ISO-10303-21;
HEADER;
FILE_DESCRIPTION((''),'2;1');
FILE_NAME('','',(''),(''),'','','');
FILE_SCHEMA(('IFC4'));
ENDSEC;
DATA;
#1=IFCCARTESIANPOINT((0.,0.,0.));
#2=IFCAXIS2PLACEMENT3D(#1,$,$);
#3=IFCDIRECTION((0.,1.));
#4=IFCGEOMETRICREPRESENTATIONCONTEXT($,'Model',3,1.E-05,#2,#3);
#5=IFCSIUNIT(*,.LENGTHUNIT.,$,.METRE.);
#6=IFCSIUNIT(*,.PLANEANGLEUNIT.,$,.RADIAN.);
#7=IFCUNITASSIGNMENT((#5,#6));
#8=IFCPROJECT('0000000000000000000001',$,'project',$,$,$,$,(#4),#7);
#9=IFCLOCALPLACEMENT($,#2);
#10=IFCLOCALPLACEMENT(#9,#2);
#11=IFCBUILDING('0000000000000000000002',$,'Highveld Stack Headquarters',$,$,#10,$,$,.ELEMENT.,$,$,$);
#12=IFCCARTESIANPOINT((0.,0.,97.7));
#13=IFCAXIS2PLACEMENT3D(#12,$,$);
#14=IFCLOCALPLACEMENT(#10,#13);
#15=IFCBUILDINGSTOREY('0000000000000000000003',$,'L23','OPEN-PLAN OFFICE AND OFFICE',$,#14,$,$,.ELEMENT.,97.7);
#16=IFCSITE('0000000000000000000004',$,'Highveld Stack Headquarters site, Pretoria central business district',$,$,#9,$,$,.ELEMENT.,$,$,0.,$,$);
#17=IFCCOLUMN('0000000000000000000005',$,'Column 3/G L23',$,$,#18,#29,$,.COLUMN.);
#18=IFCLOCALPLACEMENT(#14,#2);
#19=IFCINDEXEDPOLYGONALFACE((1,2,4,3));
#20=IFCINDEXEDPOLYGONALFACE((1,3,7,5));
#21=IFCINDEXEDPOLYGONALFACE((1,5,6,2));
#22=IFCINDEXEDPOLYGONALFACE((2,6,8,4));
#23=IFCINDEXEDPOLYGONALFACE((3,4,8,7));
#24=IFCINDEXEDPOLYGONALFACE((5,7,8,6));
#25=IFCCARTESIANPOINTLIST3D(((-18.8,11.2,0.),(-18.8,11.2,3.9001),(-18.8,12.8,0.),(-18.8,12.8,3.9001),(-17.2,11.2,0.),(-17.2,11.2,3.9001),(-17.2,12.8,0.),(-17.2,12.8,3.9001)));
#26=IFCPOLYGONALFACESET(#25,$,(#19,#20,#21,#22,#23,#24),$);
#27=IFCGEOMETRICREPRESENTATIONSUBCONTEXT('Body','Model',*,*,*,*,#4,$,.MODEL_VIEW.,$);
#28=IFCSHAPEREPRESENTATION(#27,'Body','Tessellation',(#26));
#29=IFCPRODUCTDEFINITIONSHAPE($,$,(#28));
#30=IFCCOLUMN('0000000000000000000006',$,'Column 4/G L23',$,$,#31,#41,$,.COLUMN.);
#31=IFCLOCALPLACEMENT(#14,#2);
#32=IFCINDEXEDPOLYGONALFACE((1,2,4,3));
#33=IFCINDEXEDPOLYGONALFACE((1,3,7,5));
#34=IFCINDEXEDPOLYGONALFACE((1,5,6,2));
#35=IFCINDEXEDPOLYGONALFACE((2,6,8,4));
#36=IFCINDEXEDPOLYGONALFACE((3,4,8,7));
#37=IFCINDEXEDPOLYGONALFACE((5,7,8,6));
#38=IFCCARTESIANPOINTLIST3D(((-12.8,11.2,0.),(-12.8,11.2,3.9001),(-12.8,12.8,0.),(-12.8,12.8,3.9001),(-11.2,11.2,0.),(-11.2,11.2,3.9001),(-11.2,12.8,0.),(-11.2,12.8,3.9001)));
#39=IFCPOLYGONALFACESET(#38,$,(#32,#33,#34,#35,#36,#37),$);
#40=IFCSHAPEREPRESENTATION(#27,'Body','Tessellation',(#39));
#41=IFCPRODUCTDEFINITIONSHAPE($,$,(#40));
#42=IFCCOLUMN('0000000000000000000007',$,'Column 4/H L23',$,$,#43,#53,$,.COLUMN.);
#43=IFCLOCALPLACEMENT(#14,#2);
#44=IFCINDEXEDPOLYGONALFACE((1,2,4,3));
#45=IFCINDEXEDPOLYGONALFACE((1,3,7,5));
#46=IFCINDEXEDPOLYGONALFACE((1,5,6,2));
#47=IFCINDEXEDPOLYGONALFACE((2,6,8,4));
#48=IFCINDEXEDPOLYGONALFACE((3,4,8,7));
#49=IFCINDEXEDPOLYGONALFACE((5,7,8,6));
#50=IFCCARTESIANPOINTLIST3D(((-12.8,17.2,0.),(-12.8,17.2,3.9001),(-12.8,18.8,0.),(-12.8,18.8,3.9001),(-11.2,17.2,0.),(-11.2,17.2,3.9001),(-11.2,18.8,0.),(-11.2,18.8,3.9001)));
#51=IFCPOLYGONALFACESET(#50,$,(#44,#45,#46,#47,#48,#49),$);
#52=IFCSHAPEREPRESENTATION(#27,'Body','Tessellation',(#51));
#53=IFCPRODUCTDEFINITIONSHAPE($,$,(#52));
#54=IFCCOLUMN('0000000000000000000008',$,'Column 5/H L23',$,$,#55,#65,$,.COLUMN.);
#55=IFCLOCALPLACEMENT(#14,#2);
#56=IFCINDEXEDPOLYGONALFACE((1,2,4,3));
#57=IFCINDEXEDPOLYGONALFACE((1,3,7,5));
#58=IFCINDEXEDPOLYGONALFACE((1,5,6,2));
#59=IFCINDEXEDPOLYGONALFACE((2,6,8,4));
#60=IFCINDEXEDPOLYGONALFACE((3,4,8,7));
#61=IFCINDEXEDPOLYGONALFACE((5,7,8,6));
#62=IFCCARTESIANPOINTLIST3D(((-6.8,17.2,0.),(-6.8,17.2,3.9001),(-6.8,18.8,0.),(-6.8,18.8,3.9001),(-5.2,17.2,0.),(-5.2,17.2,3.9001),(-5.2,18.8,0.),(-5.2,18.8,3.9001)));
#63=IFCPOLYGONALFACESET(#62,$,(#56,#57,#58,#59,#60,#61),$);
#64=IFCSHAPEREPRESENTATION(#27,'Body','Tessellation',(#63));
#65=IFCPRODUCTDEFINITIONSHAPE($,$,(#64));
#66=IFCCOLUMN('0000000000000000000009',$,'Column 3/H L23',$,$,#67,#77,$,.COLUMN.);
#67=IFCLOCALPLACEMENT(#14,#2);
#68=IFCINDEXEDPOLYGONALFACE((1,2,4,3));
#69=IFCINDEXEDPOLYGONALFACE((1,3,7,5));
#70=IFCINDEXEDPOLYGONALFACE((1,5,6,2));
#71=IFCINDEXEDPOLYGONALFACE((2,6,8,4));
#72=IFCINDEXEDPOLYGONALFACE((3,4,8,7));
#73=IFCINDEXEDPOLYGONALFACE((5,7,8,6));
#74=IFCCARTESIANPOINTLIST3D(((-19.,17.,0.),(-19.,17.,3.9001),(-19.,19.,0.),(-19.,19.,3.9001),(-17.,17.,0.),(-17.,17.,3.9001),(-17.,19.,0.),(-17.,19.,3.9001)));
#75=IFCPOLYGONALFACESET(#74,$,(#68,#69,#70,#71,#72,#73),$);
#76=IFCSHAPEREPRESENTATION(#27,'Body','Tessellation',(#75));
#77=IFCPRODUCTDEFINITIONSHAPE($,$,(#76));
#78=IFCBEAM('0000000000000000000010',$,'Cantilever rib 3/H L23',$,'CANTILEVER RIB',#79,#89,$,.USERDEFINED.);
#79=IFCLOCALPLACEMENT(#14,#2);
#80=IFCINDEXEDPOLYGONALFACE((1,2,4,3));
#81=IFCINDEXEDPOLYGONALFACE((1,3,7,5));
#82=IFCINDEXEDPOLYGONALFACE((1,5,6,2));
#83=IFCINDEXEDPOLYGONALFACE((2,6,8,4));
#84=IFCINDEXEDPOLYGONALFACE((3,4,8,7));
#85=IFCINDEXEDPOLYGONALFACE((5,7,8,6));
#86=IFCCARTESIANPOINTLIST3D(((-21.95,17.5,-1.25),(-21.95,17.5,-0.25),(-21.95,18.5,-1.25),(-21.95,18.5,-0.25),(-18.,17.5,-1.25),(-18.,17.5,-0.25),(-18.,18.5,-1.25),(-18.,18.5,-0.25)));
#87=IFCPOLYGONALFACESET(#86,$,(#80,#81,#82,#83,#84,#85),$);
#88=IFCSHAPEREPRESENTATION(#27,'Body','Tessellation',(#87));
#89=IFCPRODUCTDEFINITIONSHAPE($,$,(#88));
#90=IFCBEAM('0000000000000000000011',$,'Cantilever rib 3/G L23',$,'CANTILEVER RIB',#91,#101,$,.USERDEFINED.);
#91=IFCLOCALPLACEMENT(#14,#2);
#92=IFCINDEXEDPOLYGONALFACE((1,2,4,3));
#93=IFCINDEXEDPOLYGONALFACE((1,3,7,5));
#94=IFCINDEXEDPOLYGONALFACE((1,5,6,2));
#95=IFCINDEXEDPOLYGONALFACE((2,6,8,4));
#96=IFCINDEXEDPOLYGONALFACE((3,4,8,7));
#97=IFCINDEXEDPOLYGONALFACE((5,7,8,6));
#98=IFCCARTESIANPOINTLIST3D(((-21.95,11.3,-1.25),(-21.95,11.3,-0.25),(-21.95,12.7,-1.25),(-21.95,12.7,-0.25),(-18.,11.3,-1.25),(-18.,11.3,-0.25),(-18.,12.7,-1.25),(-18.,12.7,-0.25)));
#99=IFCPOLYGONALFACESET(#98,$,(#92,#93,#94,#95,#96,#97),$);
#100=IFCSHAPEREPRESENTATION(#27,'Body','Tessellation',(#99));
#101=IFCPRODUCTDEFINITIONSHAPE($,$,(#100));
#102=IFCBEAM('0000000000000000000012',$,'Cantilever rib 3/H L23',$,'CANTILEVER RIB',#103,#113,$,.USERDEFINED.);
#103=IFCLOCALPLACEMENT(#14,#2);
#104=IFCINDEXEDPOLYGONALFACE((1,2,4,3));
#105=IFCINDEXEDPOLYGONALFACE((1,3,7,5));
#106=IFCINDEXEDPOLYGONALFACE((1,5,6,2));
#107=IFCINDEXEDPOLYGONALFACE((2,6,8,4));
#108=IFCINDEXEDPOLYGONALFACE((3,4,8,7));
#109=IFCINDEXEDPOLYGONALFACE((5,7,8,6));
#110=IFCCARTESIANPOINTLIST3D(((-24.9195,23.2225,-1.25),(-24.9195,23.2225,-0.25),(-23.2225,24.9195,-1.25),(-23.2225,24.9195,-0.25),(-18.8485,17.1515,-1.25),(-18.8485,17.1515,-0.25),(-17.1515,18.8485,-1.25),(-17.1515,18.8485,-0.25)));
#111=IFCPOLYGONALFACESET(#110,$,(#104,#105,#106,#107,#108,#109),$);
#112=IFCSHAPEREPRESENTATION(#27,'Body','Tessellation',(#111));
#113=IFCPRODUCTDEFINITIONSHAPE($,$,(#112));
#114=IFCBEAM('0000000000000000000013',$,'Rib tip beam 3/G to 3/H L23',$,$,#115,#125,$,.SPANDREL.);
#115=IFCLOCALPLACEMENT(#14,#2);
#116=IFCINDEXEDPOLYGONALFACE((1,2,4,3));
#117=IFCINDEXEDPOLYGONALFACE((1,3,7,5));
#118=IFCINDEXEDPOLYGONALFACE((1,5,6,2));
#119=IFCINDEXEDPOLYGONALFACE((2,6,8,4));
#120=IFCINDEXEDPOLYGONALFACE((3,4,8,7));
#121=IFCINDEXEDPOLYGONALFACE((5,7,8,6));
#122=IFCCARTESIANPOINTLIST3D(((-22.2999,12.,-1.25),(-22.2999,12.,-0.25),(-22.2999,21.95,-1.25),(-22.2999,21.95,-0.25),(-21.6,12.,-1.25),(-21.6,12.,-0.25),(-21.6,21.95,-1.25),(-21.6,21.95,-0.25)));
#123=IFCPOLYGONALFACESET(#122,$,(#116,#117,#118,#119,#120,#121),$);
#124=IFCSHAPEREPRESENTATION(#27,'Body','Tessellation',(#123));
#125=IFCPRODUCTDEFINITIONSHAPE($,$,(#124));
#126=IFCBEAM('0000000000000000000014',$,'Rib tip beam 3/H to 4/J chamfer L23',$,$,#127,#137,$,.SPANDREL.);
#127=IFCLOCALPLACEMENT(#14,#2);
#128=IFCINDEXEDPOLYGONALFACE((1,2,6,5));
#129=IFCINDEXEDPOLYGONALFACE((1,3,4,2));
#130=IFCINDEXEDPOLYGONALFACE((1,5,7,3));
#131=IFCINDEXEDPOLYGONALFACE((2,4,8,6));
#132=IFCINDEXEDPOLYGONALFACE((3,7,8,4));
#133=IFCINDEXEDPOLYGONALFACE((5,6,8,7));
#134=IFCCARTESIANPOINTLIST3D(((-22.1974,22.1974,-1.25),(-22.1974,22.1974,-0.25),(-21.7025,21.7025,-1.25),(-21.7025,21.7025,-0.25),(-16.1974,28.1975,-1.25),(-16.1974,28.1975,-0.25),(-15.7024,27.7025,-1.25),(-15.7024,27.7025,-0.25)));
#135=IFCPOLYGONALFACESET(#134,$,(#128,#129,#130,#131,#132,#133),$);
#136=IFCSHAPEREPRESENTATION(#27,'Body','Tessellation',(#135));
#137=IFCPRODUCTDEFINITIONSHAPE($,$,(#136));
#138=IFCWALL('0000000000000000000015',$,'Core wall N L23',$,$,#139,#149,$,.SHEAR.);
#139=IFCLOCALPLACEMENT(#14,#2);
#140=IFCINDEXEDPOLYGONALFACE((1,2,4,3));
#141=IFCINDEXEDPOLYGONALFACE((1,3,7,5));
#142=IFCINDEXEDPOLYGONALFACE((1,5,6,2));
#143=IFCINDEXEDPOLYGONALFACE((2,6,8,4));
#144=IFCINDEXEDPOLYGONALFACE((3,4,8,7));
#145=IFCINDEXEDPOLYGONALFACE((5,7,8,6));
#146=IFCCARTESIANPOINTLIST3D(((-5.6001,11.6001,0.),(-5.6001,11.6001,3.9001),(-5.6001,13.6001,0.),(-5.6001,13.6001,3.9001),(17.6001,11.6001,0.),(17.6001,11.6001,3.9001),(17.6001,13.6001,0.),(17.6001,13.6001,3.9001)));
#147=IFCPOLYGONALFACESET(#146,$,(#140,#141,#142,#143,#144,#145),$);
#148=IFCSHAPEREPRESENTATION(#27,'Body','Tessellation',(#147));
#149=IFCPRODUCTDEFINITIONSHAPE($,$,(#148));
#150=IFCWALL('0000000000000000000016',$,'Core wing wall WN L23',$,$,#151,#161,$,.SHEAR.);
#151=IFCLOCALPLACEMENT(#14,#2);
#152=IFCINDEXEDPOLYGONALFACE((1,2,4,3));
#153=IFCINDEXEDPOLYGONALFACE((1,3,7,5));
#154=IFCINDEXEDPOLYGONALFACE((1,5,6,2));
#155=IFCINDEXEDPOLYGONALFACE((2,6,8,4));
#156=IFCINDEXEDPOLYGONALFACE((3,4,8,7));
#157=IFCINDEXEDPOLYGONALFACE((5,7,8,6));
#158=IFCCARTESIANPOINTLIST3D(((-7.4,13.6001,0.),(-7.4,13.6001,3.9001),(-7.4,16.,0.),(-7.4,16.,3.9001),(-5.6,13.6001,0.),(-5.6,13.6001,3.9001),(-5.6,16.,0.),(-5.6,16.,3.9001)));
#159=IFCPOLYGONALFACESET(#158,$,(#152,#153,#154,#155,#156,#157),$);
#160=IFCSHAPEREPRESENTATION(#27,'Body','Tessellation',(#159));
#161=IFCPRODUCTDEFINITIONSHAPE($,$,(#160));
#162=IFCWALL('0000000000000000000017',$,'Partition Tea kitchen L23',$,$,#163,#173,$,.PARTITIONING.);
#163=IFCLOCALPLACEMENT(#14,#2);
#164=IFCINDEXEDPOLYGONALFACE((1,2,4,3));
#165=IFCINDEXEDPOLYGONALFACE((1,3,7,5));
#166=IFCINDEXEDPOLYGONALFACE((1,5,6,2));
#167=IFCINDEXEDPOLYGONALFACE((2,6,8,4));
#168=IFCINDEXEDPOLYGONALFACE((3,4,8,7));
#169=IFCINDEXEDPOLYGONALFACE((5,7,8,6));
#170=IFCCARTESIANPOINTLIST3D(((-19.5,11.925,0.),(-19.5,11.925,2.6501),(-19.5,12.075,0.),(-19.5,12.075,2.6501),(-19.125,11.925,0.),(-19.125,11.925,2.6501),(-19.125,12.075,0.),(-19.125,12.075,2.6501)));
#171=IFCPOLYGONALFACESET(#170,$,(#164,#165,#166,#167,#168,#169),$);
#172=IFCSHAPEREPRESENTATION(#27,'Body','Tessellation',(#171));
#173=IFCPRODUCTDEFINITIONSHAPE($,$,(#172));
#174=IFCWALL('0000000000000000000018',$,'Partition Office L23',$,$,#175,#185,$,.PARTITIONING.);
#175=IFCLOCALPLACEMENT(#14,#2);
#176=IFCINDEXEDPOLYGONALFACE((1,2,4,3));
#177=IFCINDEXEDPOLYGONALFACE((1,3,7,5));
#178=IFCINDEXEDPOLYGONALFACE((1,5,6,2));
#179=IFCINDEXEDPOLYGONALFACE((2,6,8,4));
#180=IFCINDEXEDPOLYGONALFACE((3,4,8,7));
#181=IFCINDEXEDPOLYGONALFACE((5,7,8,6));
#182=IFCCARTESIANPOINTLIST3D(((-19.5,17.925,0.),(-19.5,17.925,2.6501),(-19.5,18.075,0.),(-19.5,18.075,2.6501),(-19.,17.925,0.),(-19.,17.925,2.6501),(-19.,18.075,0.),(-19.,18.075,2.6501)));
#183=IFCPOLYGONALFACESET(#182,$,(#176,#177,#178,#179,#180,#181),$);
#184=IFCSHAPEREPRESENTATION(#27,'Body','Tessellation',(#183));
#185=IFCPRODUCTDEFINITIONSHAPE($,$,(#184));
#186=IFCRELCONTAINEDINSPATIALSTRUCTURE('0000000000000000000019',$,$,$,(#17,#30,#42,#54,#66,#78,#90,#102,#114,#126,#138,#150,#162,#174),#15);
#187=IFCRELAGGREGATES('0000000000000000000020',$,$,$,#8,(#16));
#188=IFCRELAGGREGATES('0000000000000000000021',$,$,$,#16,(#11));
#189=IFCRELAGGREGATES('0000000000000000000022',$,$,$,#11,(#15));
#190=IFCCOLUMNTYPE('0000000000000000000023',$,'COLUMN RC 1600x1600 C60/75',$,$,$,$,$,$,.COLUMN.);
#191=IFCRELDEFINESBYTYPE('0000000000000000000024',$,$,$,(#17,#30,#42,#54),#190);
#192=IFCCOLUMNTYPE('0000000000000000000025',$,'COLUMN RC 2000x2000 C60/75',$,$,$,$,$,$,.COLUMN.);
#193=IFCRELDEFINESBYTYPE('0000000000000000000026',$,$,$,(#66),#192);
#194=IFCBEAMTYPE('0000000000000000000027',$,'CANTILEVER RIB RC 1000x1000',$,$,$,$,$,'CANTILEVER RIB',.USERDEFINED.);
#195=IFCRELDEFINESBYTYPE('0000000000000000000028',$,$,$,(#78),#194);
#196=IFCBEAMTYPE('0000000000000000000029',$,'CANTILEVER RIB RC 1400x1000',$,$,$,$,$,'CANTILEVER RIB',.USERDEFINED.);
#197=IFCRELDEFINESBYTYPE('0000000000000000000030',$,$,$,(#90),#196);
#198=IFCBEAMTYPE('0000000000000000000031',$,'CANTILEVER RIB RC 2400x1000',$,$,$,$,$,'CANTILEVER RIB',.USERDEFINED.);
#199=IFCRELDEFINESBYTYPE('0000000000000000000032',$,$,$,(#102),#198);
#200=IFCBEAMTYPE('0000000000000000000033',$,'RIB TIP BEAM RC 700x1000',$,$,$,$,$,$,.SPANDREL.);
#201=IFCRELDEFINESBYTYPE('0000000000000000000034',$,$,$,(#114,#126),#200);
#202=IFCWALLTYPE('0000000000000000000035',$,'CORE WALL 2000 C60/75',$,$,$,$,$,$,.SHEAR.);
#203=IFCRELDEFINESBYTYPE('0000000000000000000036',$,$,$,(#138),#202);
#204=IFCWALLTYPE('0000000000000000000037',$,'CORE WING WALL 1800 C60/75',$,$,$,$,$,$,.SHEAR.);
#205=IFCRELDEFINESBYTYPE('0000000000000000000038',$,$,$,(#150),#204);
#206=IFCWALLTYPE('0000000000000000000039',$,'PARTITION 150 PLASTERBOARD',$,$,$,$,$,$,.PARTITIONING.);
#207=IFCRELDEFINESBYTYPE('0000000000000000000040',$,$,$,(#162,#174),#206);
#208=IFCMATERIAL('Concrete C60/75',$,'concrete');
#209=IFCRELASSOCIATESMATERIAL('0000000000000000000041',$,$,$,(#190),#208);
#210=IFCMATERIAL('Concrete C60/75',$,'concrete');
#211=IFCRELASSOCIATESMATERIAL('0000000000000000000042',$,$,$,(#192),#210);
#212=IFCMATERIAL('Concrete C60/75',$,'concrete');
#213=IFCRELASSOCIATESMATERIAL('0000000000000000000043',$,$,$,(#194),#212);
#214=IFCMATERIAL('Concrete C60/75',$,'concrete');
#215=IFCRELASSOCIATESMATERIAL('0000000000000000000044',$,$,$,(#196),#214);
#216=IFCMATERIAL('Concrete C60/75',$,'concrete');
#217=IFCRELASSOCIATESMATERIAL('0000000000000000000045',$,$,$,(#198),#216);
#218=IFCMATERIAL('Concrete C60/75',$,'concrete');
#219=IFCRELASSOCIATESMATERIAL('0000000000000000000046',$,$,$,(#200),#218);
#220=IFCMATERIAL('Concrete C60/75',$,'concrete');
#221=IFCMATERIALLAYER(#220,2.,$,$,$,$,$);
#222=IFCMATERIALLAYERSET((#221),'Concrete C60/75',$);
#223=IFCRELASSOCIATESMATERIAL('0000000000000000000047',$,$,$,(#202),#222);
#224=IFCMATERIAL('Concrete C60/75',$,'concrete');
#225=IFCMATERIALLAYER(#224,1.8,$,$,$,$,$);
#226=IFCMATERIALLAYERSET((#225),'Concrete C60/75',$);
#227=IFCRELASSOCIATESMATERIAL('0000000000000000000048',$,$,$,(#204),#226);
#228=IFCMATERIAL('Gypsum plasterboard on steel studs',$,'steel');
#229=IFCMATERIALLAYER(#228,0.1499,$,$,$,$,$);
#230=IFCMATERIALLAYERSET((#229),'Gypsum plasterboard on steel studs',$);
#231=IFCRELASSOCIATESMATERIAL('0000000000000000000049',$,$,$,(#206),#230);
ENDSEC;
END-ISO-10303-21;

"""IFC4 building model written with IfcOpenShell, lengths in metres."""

from ifc_helpers import new_model, si_unit, direction, frame, frame_2d, origin, origin_2d, place, context, subcontext, project, spatial, rectangle, extrude, material, layer, layer_set, material_profile, profile_set, type_object, element, save


model = new_model("IFC4")

# Units and contexts
model_context = context("Model", 3, precision=1e-05, world=origin(), true_north=direction((0.0, 1.0)))
body_context = subcontext(model_context, "Body", "Model", "MODEL_VIEW")
ifc_project = project(units=[si_unit("LENGTHUNIT", "METRE"), si_unit("PLANEANGLEUNIT", "RADIAN")], contexts=[model_context])

# Site, building, storey
site_placement = place(None, origin())
site = spatial("IfcSite", under=ifc_project, at=site_placement, Name="Highveld Stack Headquarters site, Pretoria central business district", CompositionType="ELEMENT", RefElevation=0.0)
building_placement = place(site_placement, origin())
building = spatial("IfcBuilding", under=site, at=building_placement, Name="Highveld Stack Headquarters", CompositionType="ELEMENT")
storey_placement = place(building_placement, frame((0.0, 0.0, 97.7)))
storey = spatial("IfcBuildingStorey", under=building, at=storey_placement, Name="L23", Description="OPEN-PLAN OFFICE AND OFFICE", CompositionType="ELEMENT", Elevation=97.7)

# Columns
ifc_material_1 = material(Name="Concrete C60/75", Category="concrete")
ifc_material_profile_1 = material_profile(ifc_material_1, rectangle(XDim=1.6001, YDim=1.6001, at=origin_2d()), Name="RC 1600x1600")
ifc_profile_set_1 = profile_set([ifc_material_profile_1], Name="Concrete C60/75")
column_type_1 = type_object("IfcColumnType", Name="COLUMN RC 1600x1600 C60/75", PredefinedType="COLUMN", material=ifc_profile_set_1)
for number, where, z_axis, x_axis, name in (
    (1, (-18.0, 12.0, 0.0), (0.0, 0.0, 1.0), (1.0, 0.0, 0.0), "Column 3/G L23"),
    (2, (-12.0, 12.0, 0.0), (0.0, 0.0, 1.0), (1.0, 0.0, 0.0), "Column 4/G L23"),
    (3, (-12.0, 18.0, 0.0), (0.0, 0.0, 1.0), (1.0, 0.0, 0.0), "Column 4/H L23"),
    (4, (-6.0, 18.0, 0.0), (0.0, 0.0, 1.0), (1.0, 0.0, 0.0), "Column 5/H L23"),
):
    element("IfcColumn", number, at=place(storey_placement, frame(where, z_axis=z_axis, x_axis=x_axis)), inside=storey, type_object=column_type_1, Name=name, PredefinedType="COLUMN", context=body_context, shape_type="SweptSolid", body=[
        extrude(rectangle(XDim=1.6001, YDim=1.6001, at=origin_2d()), origin(), (0.0, 0.0, 1.0), 3.9001),
    ])
ifc_material_2 = material(Name="Concrete C60/75", Category="concrete")
ifc_material_profile_2 = material_profile(ifc_material_2, rectangle(XDim=2.0, YDim=2.0, at=origin_2d()), Name="RC 2000x2000")
ifc_profile_set_2 = profile_set([ifc_material_profile_2], Name="Concrete C60/75")
column_type_2 = type_object("IfcColumnType", Name="COLUMN RC 2000x2000 C60/75", PredefinedType="COLUMN", material=ifc_profile_set_2)
column_placement = place(storey_placement, frame((-18.0, 18.0, 0.0), z_axis=(0.0, 0.0, 1.0), x_axis=(1.0, 0.0, 0.0)))
element("IfcColumn", 5, at=column_placement, inside=storey, type_object=column_type_2, Name="Column 3/H L23", PredefinedType="COLUMN", context=body_context, shape_type="SweptSolid", body=[
    extrude(rectangle(XDim=2.0, YDim=2.0, at=origin_2d()), origin(), (0.0, 0.0, 1.0), 3.9001),
])

# Beams
ifc_material_3 = material(Name="Concrete C60/75", Category="concrete")
ifc_material_profile_3 = material_profile(ifc_material_3, rectangle(XDim=1.0, YDim=1.0, at=origin_2d()), Name="RC 1000x1000")
ifc_profile_set_3 = profile_set([ifc_material_profile_3], Name="Concrete C60/75")
beam_type_1 = type_object("IfcBeamType", Name="CANTILEVER RIB RC 1000x1000", ElementType="CANTILEVER RIB", PredefinedType="USERDEFINED", material=ifc_profile_set_3)
beam_1_placement = place(storey_placement, frame((-18.0, 18.0, -0.75), z_axis=(-1.0, 0.0, 0.0), x_axis=(0.0, -1.0, 0.0)))
element("IfcBeam", 6, at=beam_1_placement, inside=storey, type_object=beam_type_1, Name="Cantilever rib 3/H L23", ObjectType="CANTILEVER RIB", PredefinedType="USERDEFINED", context=body_context, shape_type="SweptSolid", body=[
    extrude(rectangle(XDim=1.0, YDim=1.0, at=origin_2d()), origin(), (0.0, 0.0, 1.0), 3.95),
])
ifc_material_4 = material(Name="Concrete C60/75", Category="concrete")
ifc_material_profile_4 = material_profile(ifc_material_4, rectangle(XDim=1.3999, YDim=1.0, at=origin_2d()), Name="RC 1400x1000")
ifc_profile_set_4 = profile_set([ifc_material_profile_4], Name="Concrete C60/75")
beam_type_2 = type_object("IfcBeamType", Name="CANTILEVER RIB RC 1400x1000", ElementType="CANTILEVER RIB", PredefinedType="USERDEFINED", material=ifc_profile_set_4)
beam_2_placement = place(storey_placement, frame((-18.0, 12.0, -0.75), z_axis=(-1.0, 0.0, 0.0), x_axis=(0.0, -1.0, 0.0)))
element("IfcBeam", 7, at=beam_2_placement, inside=storey, type_object=beam_type_2, Name="Cantilever rib 3/G L23", ObjectType="CANTILEVER RIB", PredefinedType="USERDEFINED", context=body_context, shape_type="SweptSolid", body=[
    extrude(rectangle(XDim=1.3999, YDim=1.0, at=origin_2d()), origin(), (0.0, 0.0, 1.0), 3.95),
])
ifc_material_5 = material(Name="Concrete C60/75", Category="concrete")
ifc_material_profile_5 = material_profile(ifc_material_5, rectangle(XDim=2.3999, YDim=1.0, at=origin_2d()), Name="RC 2400x1000")
ifc_profile_set_5 = profile_set([ifc_material_profile_5], Name="Concrete C60/75")
beam_type_3 = type_object("IfcBeamType", Name="CANTILEVER RIB RC 2400x1000", ElementType="CANTILEVER RIB", PredefinedType="USERDEFINED", material=ifc_profile_set_5)
beam_3_placement = place(storey_placement, frame((-18.0, 18.0, -0.75), z_axis=(-0.707107, 0.707107, 0.0), x_axis=(-0.707107, -0.707107, 0.0)))
element("IfcBeam", 8, at=beam_3_placement, inside=storey, type_object=beam_type_3, Name="Cantilever rib 3/H L23", ObjectType="CANTILEVER RIB", PredefinedType="USERDEFINED", context=body_context, shape_type="SweptSolid", body=[
    extrude(rectangle(XDim=2.3999, YDim=1.0, at=origin_2d()), origin(), (0.0, 0.0, 1.0), 8.5857),
])
ifc_material_6 = material(Name="Concrete C60/75", Category="concrete")
ifc_material_profile_6 = material_profile(ifc_material_6, rectangle(XDim=0.7, YDim=1.0, at=origin_2d()), Name="RC 700x1000")
ifc_profile_set_6 = profile_set([ifc_material_profile_6], Name="Concrete C60/75")
beam_type_4 = type_object("IfcBeamType", Name="RIB TIP BEAM RC 700x1000", PredefinedType="SPANDREL", material=ifc_profile_set_6)
beam_4_placement = place(storey_placement, frame((-21.95, 12.0, -0.75), z_axis=(0.0, 1.0, 0.0), x_axis=(-1.0, 0.0, 0.0)))
element("IfcBeam", 9, at=beam_4_placement, inside=storey, type_object=beam_type_4, Name="Rib tip beam 3/G to 3/H L23", PredefinedType="SPANDREL", context=body_context, shape_type="SweptSolid", body=[
    extrude(rectangle(XDim=0.7, YDim=1.0, at=origin_2d()), origin(), (0.0, 0.0, 1.0), 9.95),
])
beam_5_placement = place(storey_placement, frame((-21.95, 21.95, -0.75), z_axis=(0.707107, 0.707107, 0.0), x_axis=(-0.707107, 0.707107, 0.0)))
element("IfcBeam", 10, at=beam_5_placement, inside=storey, type_object=beam_type_4, Name="Rib tip beam 3/H to 4/J chamfer L23", PredefinedType="SPANDREL", context=body_context, shape_type="SweptSolid", body=[
    extrude(rectangle(XDim=0.7, YDim=1.0, at=origin_2d()), origin(), (0.0, 0.0, 1.0), 8.4854),
])

# Walls
ifc_material_7 = material(Name="Concrete C60/75", Category="concrete")
ifc_layer_1 = layer(ifc_material_7, 2.0)
ifc_layer_set_1 = layer_set([ifc_layer_1], Name="Concrete C60/75")
wall_type_1 = type_object("IfcWallType", Name="CORE WALL 2000 C60/75", PredefinedType="SHEAR", material=ifc_layer_set_1)
wall_1_placement = place(storey_placement, frame((-5.6001, 12.6001, 0.0), z_axis=(0.0, 0.0, 1.0), x_axis=(1.0, 0.0, 0.0)))
element("IfcWall", 11, at=wall_1_placement, inside=storey, type_object=wall_type_1, Name="Core wall N L23", PredefinedType="SHEAR", context=body_context, shape_type="SweptSolid", body=[
    extrude(rectangle(XDim=23.2002, YDim=2.0, at=frame_2d((11.6001, 0.0))), origin(), (0.0, 0.0, 1.0), 3.9001),
])
ifc_material_8 = material(Name="Concrete C60/75", Category="concrete")
ifc_layer_2 = layer(ifc_material_8, 1.8)
ifc_layer_set_2 = layer_set([ifc_layer_2], Name="Concrete C60/75")
wall_type_2 = type_object("IfcWallType", Name="CORE WING WALL 1800 C60/75", PredefinedType="SHEAR", material=ifc_layer_set_2)
wall_2_placement = place(storey_placement, frame((-6.5, 13.6001, 0.0), z_axis=(0.0, 0.0, 1.0), x_axis=(0.0, 1.0, 0.0)))
element("IfcWall", 12, at=wall_2_placement, inside=storey, type_object=wall_type_2, Name="Core wing wall WN L23", PredefinedType="SHEAR", context=body_context, shape_type="SweptSolid", body=[
    extrude(rectangle(XDim=2.3999, YDim=1.8, at=frame_2d((1.2, 0.0))), origin(), (0.0, 0.0, 1.0), 3.9001),
])
ifc_material_9 = material(Name="Gypsum plasterboard on steel studs", Category="steel")
ifc_layer_3 = layer(ifc_material_9, 0.1499)
ifc_layer_set_3 = layer_set([ifc_layer_3], Name="Gypsum plasterboard on steel studs")
wall_type_3 = type_object("IfcWallType", Name="PARTITION 150 PLASTERBOARD", PredefinedType="PARTITIONING", material=ifc_layer_set_3)
wall_3_placement = place(storey_placement, frame((-19.5, 12.0, 0.0), z_axis=(0.0, 0.0, 1.0), x_axis=(1.0, 0.0, 0.0)))
element("IfcWall", 13, at=wall_3_placement, inside=storey, type_object=wall_type_3, Name="Partition Tea kitchen L23", PredefinedType="PARTITIONING", context=body_context, shape_type="SweptSolid", body=[
    extrude(rectangle(XDim=0.375, YDim=0.1499, at=frame_2d((0.1875, 0.0))), origin(), (0.0, 0.0, 1.0), 2.6501),
])
wall_4_placement = place(storey_placement, frame((-19.5, 18.0, 0.0), z_axis=(0.0, 0.0, 1.0), x_axis=(1.0, 0.0, 0.0)))
element("IfcWall", 14, at=wall_4_placement, inside=storey, type_object=wall_type_3, Name="Partition Office L23", PredefinedType="PARTITIONING", context=body_context, shape_type="SweptSolid", body=[
    extrude(rectangle(XDim=0.5, YDim=0.1499, at=frame_2d((0.25, 0.0))), origin(), (0.0, 0.0, 1.0), 2.6501),
])

save(model, "model.ifc")
